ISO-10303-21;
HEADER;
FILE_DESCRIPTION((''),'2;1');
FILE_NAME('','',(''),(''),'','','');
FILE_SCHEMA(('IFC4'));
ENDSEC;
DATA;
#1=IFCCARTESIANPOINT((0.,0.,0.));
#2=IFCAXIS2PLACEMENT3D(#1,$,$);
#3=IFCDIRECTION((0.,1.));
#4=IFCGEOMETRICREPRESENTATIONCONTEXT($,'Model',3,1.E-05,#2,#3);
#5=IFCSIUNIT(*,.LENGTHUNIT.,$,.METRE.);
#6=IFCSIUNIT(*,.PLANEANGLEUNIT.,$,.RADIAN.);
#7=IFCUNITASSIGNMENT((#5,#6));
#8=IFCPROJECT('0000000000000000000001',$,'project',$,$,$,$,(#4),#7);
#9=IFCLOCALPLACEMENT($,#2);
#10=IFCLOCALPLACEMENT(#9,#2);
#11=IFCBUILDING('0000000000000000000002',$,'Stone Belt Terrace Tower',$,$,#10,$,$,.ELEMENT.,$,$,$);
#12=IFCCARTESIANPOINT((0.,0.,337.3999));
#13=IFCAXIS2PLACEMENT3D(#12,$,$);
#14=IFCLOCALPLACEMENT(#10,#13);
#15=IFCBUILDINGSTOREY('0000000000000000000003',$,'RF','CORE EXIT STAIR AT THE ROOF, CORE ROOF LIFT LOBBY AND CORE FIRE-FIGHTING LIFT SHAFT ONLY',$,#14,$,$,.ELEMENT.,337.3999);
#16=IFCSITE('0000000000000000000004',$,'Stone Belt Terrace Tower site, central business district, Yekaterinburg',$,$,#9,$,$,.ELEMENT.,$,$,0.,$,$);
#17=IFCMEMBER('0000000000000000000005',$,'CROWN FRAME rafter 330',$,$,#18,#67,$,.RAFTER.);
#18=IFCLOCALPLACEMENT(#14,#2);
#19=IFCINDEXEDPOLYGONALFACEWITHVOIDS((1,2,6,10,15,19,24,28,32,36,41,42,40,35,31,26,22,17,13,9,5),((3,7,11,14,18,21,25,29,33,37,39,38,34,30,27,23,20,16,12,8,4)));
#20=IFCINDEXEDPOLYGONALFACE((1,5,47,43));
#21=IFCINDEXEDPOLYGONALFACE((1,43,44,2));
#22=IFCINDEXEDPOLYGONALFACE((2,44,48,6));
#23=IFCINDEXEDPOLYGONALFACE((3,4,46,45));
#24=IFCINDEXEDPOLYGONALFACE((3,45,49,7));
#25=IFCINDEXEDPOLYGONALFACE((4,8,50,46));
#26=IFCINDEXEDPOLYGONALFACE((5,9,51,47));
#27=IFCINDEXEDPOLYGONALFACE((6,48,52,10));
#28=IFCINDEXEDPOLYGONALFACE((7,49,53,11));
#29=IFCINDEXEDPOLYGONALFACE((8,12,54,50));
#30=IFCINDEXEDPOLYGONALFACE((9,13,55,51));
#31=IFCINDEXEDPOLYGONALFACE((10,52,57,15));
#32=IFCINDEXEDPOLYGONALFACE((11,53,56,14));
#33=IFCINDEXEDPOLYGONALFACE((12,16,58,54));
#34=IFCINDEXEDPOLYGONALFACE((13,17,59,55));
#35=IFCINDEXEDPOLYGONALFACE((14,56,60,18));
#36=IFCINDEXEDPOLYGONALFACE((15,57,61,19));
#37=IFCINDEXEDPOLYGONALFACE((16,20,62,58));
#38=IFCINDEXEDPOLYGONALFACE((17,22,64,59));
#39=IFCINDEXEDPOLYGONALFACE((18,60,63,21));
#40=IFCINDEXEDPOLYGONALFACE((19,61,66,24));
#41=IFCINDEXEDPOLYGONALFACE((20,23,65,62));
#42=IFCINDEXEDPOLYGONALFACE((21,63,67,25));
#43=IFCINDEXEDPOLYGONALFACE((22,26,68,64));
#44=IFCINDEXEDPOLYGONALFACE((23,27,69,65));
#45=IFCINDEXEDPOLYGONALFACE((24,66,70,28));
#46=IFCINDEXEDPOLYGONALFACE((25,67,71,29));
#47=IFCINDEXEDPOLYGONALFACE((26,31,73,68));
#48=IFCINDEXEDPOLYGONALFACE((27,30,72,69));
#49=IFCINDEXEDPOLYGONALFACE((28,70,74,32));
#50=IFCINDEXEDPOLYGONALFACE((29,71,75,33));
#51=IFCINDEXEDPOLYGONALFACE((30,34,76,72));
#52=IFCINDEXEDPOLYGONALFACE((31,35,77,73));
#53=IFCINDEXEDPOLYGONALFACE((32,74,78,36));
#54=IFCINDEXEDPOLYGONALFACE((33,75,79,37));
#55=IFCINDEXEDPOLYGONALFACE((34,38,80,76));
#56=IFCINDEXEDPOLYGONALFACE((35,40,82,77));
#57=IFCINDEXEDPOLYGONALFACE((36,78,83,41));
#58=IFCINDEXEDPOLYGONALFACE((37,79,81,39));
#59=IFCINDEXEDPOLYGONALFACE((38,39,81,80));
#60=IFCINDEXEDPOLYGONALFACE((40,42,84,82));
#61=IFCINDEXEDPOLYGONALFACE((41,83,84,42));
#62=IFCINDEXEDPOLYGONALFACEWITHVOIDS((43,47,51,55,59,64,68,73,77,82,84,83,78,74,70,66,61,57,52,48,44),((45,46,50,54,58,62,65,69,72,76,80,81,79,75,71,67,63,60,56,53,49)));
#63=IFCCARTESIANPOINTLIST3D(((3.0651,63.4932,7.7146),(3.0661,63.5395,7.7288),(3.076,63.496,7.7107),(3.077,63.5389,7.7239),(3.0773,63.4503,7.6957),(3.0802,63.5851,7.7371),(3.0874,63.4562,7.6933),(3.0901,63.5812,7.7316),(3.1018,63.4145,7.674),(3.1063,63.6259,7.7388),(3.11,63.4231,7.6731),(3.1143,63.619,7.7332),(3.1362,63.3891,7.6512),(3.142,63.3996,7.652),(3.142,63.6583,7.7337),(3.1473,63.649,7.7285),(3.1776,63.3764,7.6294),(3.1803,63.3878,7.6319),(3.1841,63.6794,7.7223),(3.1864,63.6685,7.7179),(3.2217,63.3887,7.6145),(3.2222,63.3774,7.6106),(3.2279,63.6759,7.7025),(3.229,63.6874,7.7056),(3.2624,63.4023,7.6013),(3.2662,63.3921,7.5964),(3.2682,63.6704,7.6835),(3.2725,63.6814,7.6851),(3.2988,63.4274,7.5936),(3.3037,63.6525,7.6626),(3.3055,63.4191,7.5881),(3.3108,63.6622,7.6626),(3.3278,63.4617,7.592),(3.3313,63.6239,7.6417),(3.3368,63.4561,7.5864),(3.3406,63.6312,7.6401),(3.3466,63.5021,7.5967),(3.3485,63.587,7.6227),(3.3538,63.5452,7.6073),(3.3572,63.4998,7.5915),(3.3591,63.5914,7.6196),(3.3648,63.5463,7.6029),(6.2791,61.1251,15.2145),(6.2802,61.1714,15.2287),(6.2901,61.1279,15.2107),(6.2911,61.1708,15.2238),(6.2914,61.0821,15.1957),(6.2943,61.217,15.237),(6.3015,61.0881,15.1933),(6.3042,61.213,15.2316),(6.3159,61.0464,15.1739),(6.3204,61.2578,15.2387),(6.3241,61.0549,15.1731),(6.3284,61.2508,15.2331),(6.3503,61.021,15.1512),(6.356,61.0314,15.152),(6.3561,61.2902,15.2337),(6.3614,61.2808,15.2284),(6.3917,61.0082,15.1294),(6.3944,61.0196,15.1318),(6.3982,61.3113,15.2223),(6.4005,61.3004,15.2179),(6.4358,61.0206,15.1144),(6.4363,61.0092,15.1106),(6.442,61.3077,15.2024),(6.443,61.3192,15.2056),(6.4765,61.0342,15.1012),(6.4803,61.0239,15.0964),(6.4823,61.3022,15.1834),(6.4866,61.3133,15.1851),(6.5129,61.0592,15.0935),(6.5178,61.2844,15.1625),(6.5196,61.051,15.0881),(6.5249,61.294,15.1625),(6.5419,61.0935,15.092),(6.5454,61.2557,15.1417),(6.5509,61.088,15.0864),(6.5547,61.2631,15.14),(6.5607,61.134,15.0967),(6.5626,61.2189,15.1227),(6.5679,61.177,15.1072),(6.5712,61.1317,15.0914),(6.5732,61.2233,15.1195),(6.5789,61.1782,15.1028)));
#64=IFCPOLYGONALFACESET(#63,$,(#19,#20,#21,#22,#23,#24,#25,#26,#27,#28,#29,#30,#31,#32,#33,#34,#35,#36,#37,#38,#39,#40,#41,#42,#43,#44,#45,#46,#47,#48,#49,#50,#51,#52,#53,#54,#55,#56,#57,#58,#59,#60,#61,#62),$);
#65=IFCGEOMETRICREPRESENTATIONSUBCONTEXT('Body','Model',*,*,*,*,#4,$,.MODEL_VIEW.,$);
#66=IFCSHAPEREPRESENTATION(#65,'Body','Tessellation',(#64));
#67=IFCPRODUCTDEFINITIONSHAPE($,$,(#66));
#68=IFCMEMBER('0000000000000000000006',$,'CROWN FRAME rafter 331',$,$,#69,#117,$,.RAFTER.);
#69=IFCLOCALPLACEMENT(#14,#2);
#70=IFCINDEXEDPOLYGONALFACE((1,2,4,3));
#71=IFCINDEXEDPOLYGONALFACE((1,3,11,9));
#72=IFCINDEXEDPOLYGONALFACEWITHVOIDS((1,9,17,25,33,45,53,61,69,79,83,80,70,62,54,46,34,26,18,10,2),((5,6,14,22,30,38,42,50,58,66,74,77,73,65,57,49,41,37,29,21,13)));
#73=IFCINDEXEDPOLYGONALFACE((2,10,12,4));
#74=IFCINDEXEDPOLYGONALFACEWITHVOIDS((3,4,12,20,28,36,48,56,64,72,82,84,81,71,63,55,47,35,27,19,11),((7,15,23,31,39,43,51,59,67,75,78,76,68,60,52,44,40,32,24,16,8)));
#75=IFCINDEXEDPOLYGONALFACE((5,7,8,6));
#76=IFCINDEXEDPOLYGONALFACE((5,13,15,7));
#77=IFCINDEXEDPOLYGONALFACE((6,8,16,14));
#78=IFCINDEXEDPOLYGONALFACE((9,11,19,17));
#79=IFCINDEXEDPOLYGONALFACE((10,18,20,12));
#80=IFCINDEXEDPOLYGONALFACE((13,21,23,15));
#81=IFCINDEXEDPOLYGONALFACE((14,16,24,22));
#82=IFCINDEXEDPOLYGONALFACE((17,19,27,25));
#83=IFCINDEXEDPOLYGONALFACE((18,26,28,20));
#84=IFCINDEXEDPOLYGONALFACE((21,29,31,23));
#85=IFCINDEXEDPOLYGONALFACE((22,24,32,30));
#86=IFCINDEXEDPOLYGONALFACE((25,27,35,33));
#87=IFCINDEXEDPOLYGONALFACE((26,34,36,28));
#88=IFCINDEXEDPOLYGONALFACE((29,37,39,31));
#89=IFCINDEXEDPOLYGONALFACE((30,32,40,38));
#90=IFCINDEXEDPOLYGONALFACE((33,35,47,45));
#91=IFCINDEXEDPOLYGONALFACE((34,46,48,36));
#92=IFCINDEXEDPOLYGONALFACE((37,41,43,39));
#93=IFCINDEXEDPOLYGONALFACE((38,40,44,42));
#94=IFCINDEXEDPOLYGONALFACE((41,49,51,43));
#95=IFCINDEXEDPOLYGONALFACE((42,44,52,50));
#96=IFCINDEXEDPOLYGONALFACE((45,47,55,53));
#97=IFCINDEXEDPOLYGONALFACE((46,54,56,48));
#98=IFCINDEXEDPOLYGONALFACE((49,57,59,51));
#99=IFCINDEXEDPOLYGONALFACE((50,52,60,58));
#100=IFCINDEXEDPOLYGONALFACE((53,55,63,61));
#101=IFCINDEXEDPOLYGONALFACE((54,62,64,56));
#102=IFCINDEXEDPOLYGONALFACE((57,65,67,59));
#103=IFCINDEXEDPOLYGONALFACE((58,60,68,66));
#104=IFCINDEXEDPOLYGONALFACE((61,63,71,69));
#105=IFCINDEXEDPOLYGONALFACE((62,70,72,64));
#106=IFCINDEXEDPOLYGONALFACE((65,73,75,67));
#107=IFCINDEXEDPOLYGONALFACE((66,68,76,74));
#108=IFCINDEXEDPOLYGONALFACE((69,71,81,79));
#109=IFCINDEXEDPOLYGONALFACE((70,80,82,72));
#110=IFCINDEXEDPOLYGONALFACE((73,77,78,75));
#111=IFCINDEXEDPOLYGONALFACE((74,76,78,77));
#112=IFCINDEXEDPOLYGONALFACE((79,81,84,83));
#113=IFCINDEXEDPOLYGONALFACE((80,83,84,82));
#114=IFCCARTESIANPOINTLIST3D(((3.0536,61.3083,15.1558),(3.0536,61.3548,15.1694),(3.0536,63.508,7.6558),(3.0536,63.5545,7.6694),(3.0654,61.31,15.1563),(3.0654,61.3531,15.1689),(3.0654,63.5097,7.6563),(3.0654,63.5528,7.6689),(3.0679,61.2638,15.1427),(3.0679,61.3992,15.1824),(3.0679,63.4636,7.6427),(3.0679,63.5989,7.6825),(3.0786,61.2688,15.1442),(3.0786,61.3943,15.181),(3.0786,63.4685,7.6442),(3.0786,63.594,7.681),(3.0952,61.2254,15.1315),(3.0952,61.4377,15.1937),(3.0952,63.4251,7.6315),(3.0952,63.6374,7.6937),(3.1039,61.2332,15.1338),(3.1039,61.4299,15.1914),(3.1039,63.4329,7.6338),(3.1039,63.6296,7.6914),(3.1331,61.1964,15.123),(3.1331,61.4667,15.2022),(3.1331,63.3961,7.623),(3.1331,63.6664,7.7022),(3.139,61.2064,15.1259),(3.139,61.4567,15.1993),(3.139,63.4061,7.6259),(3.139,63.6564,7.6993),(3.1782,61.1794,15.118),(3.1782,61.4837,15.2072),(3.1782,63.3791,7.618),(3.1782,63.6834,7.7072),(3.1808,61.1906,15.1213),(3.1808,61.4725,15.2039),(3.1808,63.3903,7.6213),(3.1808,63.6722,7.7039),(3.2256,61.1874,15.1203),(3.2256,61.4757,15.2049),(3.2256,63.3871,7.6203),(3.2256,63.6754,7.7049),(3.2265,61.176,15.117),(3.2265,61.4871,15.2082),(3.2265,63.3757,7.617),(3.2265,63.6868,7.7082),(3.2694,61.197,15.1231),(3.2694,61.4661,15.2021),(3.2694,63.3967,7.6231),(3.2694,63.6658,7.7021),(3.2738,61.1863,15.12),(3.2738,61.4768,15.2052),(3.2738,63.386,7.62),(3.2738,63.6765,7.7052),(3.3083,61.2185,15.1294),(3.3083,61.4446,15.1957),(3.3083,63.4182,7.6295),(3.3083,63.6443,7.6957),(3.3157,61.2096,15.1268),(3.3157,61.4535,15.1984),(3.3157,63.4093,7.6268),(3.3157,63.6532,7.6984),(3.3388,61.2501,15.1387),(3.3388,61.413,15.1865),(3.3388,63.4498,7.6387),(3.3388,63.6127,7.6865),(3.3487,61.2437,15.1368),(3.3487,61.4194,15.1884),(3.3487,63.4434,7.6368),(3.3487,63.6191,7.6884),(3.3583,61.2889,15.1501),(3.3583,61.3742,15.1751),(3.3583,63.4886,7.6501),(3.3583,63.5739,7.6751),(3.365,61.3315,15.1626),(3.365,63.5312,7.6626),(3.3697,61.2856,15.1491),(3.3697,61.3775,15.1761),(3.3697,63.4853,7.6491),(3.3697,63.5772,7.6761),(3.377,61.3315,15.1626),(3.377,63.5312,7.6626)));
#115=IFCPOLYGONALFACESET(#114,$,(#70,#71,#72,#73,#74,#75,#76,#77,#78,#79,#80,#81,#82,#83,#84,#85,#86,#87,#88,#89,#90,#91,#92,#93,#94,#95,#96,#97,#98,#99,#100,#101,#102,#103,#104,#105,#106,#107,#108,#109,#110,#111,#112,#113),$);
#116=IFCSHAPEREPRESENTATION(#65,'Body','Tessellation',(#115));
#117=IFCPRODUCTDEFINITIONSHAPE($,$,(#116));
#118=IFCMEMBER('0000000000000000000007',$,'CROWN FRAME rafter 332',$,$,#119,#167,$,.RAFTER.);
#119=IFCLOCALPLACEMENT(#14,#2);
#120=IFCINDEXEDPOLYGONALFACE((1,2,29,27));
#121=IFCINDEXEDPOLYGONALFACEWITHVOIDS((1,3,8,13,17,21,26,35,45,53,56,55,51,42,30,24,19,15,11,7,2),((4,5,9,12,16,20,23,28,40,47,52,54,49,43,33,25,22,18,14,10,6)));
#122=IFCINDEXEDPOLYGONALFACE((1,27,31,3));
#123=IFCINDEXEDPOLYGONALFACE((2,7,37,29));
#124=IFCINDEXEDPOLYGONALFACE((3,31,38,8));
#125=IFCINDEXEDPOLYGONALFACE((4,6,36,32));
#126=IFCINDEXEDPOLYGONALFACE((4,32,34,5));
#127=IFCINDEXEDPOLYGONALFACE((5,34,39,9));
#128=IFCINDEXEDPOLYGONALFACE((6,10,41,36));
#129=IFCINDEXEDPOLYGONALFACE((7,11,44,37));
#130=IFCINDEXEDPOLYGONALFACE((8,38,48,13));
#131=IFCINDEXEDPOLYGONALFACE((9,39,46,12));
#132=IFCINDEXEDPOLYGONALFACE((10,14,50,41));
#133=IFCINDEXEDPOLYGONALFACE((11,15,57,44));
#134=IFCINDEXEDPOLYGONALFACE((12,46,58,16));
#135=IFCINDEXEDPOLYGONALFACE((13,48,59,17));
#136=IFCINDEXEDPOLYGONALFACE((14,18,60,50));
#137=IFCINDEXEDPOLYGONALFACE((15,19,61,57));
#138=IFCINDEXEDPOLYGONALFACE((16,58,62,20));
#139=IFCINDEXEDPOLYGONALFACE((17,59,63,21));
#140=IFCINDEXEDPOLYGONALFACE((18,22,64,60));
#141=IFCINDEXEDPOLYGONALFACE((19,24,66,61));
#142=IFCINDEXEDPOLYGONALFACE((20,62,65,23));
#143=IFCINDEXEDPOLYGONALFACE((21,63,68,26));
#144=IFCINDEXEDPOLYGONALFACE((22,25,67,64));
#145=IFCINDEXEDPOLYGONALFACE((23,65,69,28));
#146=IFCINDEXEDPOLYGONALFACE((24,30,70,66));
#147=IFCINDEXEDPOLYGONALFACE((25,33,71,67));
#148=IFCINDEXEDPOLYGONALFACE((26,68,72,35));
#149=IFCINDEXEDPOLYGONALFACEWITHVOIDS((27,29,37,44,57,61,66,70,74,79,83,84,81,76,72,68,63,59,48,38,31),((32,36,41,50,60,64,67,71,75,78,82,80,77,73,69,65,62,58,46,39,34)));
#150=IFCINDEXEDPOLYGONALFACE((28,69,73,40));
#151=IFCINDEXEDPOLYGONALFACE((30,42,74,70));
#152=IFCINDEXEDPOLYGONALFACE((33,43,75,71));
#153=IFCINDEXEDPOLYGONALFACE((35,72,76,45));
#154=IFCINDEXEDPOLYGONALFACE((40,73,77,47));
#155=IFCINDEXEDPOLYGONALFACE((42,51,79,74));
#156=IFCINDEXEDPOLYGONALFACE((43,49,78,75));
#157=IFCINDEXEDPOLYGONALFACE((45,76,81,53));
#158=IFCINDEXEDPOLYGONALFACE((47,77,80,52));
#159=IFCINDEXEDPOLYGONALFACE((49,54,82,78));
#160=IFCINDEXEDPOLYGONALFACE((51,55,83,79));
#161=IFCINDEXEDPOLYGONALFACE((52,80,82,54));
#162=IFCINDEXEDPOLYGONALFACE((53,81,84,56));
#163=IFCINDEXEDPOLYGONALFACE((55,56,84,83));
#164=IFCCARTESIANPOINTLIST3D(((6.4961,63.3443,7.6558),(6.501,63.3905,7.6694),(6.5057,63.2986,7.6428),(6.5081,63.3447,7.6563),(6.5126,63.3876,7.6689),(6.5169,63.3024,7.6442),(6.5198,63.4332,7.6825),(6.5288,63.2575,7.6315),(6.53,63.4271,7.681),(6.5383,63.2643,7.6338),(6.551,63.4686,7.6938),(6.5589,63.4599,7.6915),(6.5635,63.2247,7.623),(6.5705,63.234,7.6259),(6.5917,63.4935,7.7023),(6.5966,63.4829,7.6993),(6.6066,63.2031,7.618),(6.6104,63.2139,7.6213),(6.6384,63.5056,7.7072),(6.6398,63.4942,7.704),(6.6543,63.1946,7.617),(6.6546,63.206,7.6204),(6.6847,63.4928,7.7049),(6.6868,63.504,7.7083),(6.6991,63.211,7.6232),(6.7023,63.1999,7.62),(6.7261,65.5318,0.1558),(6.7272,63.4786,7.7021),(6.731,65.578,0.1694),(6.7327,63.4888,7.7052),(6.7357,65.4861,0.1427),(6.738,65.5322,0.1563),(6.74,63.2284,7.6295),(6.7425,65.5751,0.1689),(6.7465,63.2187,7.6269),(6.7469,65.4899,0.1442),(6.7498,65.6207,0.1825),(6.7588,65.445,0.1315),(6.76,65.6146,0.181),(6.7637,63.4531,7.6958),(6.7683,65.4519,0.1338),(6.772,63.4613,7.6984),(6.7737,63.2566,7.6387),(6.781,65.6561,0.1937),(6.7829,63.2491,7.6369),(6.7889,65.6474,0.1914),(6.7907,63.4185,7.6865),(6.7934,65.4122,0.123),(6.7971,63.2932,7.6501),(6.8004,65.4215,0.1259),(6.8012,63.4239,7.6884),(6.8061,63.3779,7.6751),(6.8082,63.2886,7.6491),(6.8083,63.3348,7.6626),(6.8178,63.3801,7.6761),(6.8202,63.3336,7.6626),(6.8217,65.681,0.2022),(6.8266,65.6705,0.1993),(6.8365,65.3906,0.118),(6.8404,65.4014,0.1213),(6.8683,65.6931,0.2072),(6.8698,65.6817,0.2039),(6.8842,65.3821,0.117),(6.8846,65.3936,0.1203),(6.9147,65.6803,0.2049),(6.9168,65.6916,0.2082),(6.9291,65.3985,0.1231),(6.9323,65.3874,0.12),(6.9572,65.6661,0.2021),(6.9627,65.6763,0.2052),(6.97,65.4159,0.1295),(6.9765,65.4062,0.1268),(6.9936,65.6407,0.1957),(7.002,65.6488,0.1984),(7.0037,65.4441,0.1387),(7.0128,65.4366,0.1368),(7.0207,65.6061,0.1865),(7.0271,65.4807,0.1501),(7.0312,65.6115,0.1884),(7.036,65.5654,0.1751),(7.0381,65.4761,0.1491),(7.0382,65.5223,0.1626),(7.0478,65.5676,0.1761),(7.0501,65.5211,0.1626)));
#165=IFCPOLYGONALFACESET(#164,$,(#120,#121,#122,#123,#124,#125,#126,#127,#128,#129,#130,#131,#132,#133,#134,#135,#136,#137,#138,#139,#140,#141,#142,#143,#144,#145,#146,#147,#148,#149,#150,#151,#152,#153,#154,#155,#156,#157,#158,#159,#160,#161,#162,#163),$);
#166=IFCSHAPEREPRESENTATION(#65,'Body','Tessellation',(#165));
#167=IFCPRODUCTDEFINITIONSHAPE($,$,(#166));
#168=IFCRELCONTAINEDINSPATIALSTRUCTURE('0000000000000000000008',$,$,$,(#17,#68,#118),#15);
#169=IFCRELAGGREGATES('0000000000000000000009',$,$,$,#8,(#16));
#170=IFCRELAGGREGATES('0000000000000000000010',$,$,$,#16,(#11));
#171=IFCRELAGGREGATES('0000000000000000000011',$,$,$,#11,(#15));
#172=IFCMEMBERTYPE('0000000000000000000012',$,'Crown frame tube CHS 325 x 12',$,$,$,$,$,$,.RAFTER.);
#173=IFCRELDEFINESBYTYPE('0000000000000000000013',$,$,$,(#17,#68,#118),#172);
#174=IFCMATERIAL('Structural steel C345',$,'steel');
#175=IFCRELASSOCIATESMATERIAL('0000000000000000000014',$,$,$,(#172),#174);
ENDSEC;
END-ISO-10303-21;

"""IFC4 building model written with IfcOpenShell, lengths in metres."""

from ifc_helpers import new_model, si_unit, direction, frame, origin, origin_2d, place, context, subcontext, project, spatial, hollow_circle, extrude, material, material_profile, profile_set, type_object, element, save


model = new_model("IFC4")

# Units and contexts
model_context = context("Model", 3, precision=1e-05, world=origin(), true_north=direction((0.0, 1.0)))
body_context = subcontext(model_context, "Body", "Model", "MODEL_VIEW")
ifc_project = project(units=[si_unit("LENGTHUNIT", "METRE"), si_unit("PLANEANGLEUNIT", "RADIAN")], contexts=[model_context])

# Site, building, storey
site_placement = place(None, origin())
site = spatial("IfcSite", under=ifc_project, at=site_placement, Name="Stone Belt Terrace Tower site, central business district, Yekaterinburg", CompositionType="ELEMENT", RefElevation=0.0)
building_placement = place(site_placement, origin())
building = spatial("IfcBuilding", under=site, at=building_placement, Name="Stone Belt Terrace Tower", CompositionType="ELEMENT")
storey_placement = place(building_placement, frame((0.0, 0.0, 337.3999)))
storey = spatial("IfcBuildingStorey", under=building, at=storey_placement, Name="RF", Description="CORE EXIT STAIR AT THE ROOF, CORE ROOF LIFT LOBBY AND CORE FIRE-FIGHTING LIFT SHAFT ONLY", CompositionType="ELEMENT", Elevation=337.3999)

# Members
ifc_material_1 = material(Name="Structural steel C345", Category="steel")
ifc_material_profile_1 = material_profile(ifc_material_1, hollow_circle(Radius=0.1626, WallThickness=0.012, at=origin_2d()), Name="Structural steel C345 CHS 325x12")
ifc_profile_set_1 = profile_set([ifc_material_profile_1], Name="Structural steel C345")
member_type_1 = type_object("IfcMemberType", Name="Crown frame tube CHS 325 x 12", PredefinedType="RAFTER", material=ifc_profile_set_1)
member_1_placement = place(storey_placement, frame((3.2144, 63.5312, 7.6626), z_axis=(0.378291, -0.278726, 0.882727), x_axis=(0.593178, 0.805071, 0.0)))
element("IfcMember", 1, at=member_1_placement, inside=storey, type_object=member_type_1, Name="CROWN FRAME rafter 330", PredefinedType="RAFTER", context=body_context, shape_type="SweptSolid", body=[
    extrude(hollow_circle(Radius=0.1626, WallThickness=0.012, at=origin_2d()), origin(), (0.0, 0.0, 1.0), 8.4963),
])
for number, where, z_axis, x_axis, name in (
    (2, (3.2144, 63.5312, 7.6626), (0.0, -0.281439, 0.959579), (1.0, 0.0, 0.0), "CROWN FRAME rafter 331"),
    (3, (6.8884, 65.5381, 0.1626), (-0.029425, -0.279879, 0.959584), (0.994519, -0.104558, 0.0), "CROWN FRAME rafter 332"),
):
    element("IfcMember", number, at=place(storey_placement, frame(where, z_axis=z_axis, x_axis=x_axis)), inside=storey, type_object=member_type_1, Name=name, PredefinedType="RAFTER", context=body_context, shape_type="SweptSolid", body=[
        extrude(hollow_circle(Radius=0.1626, WallThickness=0.012, at=origin_2d()), origin(), (0.0, 0.0, 1.0), 7.8159),
    ])

save(model, "model.ifc")
